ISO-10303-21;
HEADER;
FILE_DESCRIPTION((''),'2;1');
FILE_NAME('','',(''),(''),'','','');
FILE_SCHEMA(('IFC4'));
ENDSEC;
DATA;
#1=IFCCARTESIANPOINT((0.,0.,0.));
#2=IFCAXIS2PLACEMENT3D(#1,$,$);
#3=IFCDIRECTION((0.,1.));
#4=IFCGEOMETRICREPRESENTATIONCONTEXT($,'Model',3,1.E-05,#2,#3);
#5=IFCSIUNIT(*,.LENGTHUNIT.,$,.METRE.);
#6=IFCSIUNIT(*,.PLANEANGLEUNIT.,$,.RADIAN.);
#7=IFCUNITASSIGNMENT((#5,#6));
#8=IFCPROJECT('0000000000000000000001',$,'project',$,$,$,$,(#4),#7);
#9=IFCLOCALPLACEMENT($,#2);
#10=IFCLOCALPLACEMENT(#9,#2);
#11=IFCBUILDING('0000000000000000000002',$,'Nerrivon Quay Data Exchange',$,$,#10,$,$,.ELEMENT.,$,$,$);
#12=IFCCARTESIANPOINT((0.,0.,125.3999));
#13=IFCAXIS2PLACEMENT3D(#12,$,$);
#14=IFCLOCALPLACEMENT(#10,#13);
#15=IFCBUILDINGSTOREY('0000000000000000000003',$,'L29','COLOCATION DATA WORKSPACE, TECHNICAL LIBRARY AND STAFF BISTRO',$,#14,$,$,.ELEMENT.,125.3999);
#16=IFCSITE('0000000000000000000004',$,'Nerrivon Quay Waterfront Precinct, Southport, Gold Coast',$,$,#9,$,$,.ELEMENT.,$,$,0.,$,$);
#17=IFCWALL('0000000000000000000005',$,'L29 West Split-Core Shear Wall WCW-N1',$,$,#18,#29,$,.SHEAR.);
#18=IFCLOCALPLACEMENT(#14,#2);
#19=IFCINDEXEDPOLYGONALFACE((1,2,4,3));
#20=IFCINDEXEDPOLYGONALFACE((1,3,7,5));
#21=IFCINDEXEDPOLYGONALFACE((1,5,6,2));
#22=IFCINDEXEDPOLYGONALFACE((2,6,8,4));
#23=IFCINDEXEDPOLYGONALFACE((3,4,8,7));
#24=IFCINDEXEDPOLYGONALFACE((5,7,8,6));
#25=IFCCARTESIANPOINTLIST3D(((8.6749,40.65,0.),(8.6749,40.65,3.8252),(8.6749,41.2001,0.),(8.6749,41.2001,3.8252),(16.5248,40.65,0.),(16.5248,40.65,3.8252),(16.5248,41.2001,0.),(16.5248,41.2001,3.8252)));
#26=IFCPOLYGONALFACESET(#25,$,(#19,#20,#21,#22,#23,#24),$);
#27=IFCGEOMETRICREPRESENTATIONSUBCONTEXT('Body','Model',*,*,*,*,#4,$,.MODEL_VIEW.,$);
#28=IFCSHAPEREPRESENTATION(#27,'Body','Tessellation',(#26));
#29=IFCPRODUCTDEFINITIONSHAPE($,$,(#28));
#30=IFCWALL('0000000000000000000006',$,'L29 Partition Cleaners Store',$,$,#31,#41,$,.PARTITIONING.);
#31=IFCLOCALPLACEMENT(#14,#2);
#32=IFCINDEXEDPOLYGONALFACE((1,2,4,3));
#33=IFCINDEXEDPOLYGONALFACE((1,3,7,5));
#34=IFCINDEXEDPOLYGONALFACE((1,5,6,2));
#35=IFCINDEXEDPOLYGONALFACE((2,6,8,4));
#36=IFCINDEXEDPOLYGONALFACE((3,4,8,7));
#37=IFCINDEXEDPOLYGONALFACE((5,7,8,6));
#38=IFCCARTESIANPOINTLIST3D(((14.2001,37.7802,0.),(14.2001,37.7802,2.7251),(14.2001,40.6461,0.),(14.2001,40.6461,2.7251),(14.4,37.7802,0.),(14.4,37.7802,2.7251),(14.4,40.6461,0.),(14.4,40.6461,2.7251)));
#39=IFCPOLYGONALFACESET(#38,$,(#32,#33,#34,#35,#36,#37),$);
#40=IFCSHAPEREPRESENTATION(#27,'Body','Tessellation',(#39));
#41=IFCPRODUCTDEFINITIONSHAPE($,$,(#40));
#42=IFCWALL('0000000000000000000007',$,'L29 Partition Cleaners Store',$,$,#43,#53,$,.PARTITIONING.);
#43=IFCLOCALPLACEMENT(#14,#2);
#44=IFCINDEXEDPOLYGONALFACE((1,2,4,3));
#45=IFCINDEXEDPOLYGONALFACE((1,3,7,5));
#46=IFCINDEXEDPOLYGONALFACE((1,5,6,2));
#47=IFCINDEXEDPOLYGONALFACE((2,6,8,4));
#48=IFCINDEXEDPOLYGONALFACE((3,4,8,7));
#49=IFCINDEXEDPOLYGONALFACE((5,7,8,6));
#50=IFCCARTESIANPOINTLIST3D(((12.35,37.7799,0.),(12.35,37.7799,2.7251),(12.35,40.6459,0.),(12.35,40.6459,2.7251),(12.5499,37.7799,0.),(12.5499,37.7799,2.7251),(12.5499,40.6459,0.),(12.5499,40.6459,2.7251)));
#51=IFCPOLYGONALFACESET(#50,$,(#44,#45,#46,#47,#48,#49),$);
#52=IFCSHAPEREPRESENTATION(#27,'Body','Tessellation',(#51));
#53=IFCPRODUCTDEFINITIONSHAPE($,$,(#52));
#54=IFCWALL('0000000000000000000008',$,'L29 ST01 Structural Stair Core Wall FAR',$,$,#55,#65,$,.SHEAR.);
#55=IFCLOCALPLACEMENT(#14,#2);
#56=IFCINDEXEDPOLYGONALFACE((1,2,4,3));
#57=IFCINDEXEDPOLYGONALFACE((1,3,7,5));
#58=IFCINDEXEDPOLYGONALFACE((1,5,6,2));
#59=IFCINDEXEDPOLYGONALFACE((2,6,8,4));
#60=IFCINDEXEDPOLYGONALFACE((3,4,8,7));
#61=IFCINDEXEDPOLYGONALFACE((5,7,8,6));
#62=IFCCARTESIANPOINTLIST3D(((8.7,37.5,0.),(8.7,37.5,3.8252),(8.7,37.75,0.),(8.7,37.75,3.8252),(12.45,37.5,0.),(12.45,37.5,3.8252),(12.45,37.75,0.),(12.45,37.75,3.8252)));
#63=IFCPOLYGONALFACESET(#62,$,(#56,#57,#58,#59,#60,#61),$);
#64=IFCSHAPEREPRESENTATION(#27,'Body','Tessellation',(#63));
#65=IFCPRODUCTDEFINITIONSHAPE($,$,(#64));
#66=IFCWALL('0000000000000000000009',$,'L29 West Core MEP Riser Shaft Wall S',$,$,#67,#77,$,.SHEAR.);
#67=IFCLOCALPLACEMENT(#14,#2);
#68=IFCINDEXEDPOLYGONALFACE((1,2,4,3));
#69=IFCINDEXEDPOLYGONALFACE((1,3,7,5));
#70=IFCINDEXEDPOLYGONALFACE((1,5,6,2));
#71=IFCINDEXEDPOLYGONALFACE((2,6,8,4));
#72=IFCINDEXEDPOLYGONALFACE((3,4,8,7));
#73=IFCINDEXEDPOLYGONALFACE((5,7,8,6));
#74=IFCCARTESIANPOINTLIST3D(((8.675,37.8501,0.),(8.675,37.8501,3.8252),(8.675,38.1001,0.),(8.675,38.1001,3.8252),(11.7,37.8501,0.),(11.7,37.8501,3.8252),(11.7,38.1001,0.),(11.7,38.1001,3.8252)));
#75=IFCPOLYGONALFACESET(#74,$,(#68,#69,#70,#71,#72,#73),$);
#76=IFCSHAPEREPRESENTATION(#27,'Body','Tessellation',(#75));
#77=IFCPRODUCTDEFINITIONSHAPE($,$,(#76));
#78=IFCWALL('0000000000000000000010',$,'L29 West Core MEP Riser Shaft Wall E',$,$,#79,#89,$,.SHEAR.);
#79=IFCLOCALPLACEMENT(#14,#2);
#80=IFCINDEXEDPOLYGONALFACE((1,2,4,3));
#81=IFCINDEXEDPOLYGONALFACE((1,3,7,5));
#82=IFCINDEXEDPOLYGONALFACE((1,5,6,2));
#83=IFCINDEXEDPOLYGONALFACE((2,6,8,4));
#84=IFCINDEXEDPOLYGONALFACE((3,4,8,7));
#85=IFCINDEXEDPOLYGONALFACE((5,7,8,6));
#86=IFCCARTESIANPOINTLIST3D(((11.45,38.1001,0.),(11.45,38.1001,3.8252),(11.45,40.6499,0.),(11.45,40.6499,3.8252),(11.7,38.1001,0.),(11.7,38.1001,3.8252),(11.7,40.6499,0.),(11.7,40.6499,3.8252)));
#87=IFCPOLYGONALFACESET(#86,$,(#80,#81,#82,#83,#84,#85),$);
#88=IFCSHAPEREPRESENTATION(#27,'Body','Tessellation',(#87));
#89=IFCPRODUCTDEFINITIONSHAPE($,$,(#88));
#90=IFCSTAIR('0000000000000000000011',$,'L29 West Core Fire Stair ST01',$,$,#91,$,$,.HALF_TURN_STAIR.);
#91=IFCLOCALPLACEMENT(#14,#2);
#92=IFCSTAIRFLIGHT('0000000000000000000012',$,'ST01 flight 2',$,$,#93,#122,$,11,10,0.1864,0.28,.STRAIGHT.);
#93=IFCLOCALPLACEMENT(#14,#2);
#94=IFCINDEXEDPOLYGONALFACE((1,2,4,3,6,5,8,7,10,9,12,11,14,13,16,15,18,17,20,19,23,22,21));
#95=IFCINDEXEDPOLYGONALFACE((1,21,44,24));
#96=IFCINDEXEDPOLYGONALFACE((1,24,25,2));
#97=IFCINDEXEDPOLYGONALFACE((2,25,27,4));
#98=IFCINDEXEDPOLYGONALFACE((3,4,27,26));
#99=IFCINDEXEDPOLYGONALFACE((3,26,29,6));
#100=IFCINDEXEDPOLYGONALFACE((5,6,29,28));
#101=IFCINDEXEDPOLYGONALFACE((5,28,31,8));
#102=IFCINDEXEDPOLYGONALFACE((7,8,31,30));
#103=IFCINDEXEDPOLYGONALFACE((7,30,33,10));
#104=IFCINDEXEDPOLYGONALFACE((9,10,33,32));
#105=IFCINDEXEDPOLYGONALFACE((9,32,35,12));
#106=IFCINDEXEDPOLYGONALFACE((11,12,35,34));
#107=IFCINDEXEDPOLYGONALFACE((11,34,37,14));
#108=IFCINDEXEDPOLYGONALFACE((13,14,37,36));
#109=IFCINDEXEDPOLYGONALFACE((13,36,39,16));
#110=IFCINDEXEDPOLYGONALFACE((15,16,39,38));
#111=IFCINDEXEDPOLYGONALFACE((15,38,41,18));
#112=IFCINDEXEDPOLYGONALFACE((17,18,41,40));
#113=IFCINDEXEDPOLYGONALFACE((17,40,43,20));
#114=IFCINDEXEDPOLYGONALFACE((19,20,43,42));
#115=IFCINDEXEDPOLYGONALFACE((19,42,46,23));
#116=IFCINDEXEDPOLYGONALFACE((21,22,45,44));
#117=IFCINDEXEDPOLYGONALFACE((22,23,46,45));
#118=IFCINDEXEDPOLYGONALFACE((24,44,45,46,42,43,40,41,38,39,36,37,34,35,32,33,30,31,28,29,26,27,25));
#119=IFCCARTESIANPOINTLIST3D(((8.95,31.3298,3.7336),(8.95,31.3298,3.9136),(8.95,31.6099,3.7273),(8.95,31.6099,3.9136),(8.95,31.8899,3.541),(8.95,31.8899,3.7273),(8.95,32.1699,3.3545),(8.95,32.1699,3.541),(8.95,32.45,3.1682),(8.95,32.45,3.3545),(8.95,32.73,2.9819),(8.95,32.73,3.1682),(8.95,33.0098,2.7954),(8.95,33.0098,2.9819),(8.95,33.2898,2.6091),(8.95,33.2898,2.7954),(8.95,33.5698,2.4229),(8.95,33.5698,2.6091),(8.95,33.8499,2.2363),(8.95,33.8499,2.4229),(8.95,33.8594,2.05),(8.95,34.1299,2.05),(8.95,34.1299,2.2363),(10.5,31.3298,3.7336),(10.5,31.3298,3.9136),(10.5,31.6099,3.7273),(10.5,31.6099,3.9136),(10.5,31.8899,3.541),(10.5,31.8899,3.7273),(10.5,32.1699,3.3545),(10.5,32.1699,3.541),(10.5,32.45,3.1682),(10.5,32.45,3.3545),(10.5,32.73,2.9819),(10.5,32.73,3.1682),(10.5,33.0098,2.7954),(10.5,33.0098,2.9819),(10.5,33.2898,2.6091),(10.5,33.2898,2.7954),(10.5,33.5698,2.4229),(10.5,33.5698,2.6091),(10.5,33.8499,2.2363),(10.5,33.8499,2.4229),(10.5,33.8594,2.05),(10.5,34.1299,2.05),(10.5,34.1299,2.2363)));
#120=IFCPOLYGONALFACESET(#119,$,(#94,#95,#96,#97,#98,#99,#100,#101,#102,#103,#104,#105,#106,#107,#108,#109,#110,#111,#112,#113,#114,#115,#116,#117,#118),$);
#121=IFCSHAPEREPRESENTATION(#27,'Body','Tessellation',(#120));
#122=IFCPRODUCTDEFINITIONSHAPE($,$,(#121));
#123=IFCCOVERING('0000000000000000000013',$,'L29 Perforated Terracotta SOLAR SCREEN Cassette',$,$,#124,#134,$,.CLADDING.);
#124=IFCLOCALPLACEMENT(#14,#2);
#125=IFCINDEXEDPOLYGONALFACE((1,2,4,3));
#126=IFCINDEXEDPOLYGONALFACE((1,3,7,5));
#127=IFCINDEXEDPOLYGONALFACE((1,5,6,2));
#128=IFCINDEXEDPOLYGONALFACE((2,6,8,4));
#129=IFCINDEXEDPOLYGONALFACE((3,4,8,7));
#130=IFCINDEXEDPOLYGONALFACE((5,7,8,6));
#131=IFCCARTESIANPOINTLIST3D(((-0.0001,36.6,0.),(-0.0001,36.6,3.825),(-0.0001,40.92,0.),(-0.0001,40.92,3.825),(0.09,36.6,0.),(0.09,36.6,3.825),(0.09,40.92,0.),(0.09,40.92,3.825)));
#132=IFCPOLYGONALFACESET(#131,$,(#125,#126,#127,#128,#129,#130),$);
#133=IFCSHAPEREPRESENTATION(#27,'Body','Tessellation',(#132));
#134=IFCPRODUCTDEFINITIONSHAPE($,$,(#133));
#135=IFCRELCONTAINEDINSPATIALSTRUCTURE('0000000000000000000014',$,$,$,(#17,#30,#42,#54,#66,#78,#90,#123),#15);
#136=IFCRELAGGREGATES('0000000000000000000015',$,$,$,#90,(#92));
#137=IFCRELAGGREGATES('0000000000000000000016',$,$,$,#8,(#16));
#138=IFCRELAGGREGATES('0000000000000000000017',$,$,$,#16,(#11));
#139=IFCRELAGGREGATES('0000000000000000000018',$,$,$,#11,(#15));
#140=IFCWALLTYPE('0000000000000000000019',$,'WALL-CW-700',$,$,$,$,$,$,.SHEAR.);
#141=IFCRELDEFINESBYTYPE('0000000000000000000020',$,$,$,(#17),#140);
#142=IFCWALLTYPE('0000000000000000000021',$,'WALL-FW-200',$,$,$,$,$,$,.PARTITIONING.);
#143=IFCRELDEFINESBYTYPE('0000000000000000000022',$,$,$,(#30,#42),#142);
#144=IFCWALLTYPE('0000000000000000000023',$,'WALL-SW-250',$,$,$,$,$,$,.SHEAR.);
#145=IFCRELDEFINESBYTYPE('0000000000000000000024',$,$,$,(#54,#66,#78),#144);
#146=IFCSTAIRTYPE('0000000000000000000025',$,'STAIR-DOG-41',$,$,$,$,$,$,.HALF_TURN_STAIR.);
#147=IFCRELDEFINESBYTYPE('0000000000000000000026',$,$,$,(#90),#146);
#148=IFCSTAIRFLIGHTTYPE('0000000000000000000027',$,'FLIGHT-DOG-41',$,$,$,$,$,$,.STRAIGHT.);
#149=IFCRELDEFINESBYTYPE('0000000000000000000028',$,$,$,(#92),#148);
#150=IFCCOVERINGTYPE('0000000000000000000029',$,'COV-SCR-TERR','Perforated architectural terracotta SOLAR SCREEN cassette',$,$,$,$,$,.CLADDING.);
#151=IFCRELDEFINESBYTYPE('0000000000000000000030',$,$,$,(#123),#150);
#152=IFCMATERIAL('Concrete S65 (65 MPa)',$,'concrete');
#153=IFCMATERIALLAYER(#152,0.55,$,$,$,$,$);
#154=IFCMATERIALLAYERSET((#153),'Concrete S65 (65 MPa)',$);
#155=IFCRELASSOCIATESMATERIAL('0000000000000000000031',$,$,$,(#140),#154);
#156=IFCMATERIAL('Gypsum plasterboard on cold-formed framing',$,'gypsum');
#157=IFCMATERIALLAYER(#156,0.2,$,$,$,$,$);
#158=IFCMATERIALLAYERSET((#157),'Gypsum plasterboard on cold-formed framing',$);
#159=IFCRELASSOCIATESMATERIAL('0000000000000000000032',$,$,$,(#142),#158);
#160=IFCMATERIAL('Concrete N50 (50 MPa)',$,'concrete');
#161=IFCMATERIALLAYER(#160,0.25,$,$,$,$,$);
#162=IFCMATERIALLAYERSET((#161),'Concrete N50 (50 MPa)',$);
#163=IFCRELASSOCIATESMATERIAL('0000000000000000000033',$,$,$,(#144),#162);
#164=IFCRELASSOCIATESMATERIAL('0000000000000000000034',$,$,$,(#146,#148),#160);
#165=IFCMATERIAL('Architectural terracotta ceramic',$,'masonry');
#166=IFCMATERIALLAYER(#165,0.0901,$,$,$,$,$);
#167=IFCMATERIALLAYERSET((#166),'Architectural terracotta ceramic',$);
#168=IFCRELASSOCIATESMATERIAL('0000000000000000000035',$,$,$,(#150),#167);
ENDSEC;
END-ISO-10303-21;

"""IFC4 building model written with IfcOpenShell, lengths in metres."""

from ifc_helpers import new_model, si_unit, direction, frame, frame_2d, origin, origin_2d, place, context, subcontext, project, spatial, polyline, rectangle, outline, extrude, material, layer, layer_set, type_object, element, aggregate, save


model = new_model("IFC4")

# Units and contexts
model_context = context("Model", 3, precision=1e-05, world=origin(), true_north=direction((0.0, 1.0)))
body_context = subcontext(model_context, "Body", "Model", "MODEL_VIEW")
ifc_project = project(units=[si_unit("LENGTHUNIT", "METRE"), si_unit("PLANEANGLEUNIT", "RADIAN")], contexts=[model_context])

# Site, building, storey
site_placement = place(None, origin())
site = spatial("IfcSite", under=ifc_project, at=site_placement, Name="Nerrivon Quay Waterfront Precinct, Southport, Gold Coast", CompositionType="ELEMENT", RefElevation=0.0)
building_placement = place(site_placement, origin())
building = spatial("IfcBuilding", under=site, at=building_placement, Name="Nerrivon Quay Data Exchange", CompositionType="ELEMENT")
storey_placement = place(building_placement, frame((0.0, 0.0, 125.3999)))
storey = spatial("IfcBuildingStorey", under=building, at=storey_placement, Name="L29", Description="COLOCATION DATA WORKSPACE, TECHNICAL LIBRARY AND STAFF BISTRO", CompositionType="ELEMENT", Elevation=125.3999)

# Shared definitions
ifc_material_1 = material(Name="Concrete S65 (65 MPa)", Category="concrete")

# Walls
ifc_layer_1 = layer(ifc_material_1, 0.55)
ifc_layer_set_1 = layer_set([ifc_layer_1], Name="Concrete S65 (65 MPa)")
wall_type_1 = type_object("IfcWallType", Name="WALL-CW-700", PredefinedType="SHEAR", material=ifc_layer_set_1)
wall_1_placement = place(storey_placement, frame((8.675, 40.925, 0.0), z_axis=(0.0, 0.0, 1.0), x_axis=(1.0, 0.0, 0.0)))
element("IfcWall", 1, at=wall_1_placement, inside=storey, type_object=wall_type_1, Name="L29 West Split-Core Shear Wall WCW-N1", PredefinedType="SHEAR", context=body_context, shape_type="SweptSolid", body=[
    extrude(rectangle(XDim=7.8499, YDim=0.55, at=frame_2d((3.9248, 0.0))), origin(), (0.0, 0.0, 1.0), 3.8252),
])
ifc_material_2 = material(Name="Gypsum plasterboard on cold-formed framing", Category="gypsum")
ifc_layer_2 = layer(ifc_material_2, 0.2)
ifc_layer_set_2 = layer_set([ifc_layer_2], Name="Gypsum plasterboard on cold-formed framing")
wall_type_2 = type_object("IfcWallType", Name="WALL-FW-200", PredefinedType="PARTITIONING", material=ifc_layer_set_2)
for number, where, z_axis, x_axis, name in (
    (2, (14.3, 37.78, 0.0), (0.0, 0.0, 1.0), (0.0, 1.0, 0.0), "L29 Partition Cleaners Store"),
    (3, (12.45, 40.646, 0.0), (0.0, 0.0, 1.0), (0.0, -1.0, 0.0), "L29 Partition Cleaners Store"),
):
    element("IfcWall", number, at=place(storey_placement, frame(where, z_axis=z_axis, x_axis=x_axis)), inside=storey, type_object=wall_type_2, Name=name, PredefinedType="PARTITIONING", context=body_context, shape_type="SweptSolid", body=[
        extrude(rectangle(XDim=2.866, YDim=0.2, at=frame_2d((1.4331, 0.0))), origin(), (0.0, 0.0, 1.0), 2.7251),
    ])
ifc_material_3 = material(Name="Concrete N50 (50 MPa)", Category="concrete")
ifc_layer_3 = layer(ifc_material_3, 0.25)
ifc_layer_set_3 = layer_set([ifc_layer_3], Name="Concrete N50 (50 MPa)")
wall_type_3 = type_object("IfcWallType", Name="WALL-SW-250", PredefinedType="SHEAR", material=ifc_layer_set_3)
wall_2_placement = place(storey_placement, frame((12.45, 37.625, 0.0), z_axis=(0.0, 0.0, 1.0), x_axis=(-1.0, 0.0, 0.0)))
element("IfcWall", 4, at=wall_2_placement, inside=storey, type_object=wall_type_3, Name="L29 ST01 Structural Stair Core Wall FAR", PredefinedType="SHEAR", context=body_context, shape_type="SweptSolid", body=[
    extrude(rectangle(XDim=3.75, YDim=0.25, at=frame_2d((1.875, 0.0))), origin(), (0.0, 0.0, 1.0), 3.8252),
])
wall_3_placement = place(storey_placement, frame((8.675, 37.9751, 0.0), z_axis=(0.0, 0.0, 1.0), x_axis=(1.0, 0.0, 0.0)))
element("IfcWall", 5, at=wall_3_placement, inside=storey, type_object=wall_type_3, Name="L29 West Core MEP Riser Shaft Wall S", PredefinedType="SHEAR", context=body_context, shape_type="SweptSolid", body=[
    extrude(rectangle(XDim=3.0249, YDim=0.25, at=frame_2d((1.5125, 0.0))), origin(), (0.0, 0.0, 1.0), 3.8252),
])
wall_4_placement = place(storey_placement, frame((11.575, 38.1001, 0.0), z_axis=(0.0, 0.0, 1.0), x_axis=(0.0, 1.0, 0.0)))
element("IfcWall", 6, at=wall_4_placement, inside=storey, type_object=wall_type_3, Name="L29 West Core MEP Riser Shaft Wall E", PredefinedType="SHEAR", context=body_context, shape_type="SweptSolid", body=[
    extrude(rectangle(XDim=2.5498, YDim=0.25, at=frame_2d((1.2749, 0.0))), origin(), (0.0, 0.0, 1.0), 3.8252),
])

# Stair, stair flight
stair_type = type_object("IfcStairType", Name="STAIR-DOG-41", PredefinedType="HALF_TURN_STAIR", material=ifc_material_3)
stair_placement = place(storey_placement, origin())
stair = element("IfcStair", 7, at=stair_placement, inside=storey, type_object=stair_type, Name="L29 West Core Fire Stair ST01", PredefinedType="HALF_TURN_STAIR")
stair_flight_type = type_object("IfcStairFlightType", Name="FLIGHT-DOG-41", PredefinedType="STRAIGHT", material=ifc_material_3)
stair_flight_placement = place(storey_placement, frame((9.7251, 34.1299, 2.05), z_axis=(0.0, 0.0, 1.0), x_axis=(0.0, -1.0, 0.0)))
stair_flight = element("IfcStairFlight", 8, at=stair_flight_placement, type_object=stair_flight_type, Name="ST01 flight 2", NumberOfRisers=11, NumberOfTreads=10, PredefinedType="STRAIGHT", RiserHeight=0.1864, TreadLength=0.28, context=body_context, shape_type="SweptSolid", body=[
    extrude(outline(polyline([(0.0, 0.0), (0.0, 0.1863), (0.28, 0.1863), (0.28, 0.3728), (0.5601, 0.3728), (0.5601, 0.5591), (0.8401, 0.5591), (0.8401, 0.7454), (1.1201, 0.7454), (1.1201, 0.9319), (1.3999, 0.9319), (1.3999, 1.1182), (1.6799, 1.1182), (1.6799, 1.3044), (1.96, 1.3044), (1.96, 1.491), (2.24, 1.491), (2.24, 1.6772), (2.52, 1.6772), (2.52, 1.8635), (2.8, 1.8635), (2.8, 2.05), (2.8, 1.6836), (0.2705, 0.0), (0.0, 0.0)])), frame((0.0, 0.7749, 0.0), z_axis=(0.0, -1.0, 0.0), x_axis=(1.0, 0.0, 0.0)), (0.0, 0.0, 1.0), 1.55),
])
aggregate(stair, [stair_flight])

# Covering
ifc_material_4 = material(Name="Architectural terracotta ceramic", Category="masonry")
ifc_layer_4 = layer(ifc_material_4, 0.0901)
ifc_layer_set_4 = layer_set([ifc_layer_4], Name="Architectural terracotta ceramic")
covering_type = type_object("IfcCoveringType", Name="COV-SCR-TERR", Description="Perforated architectural terracotta SOLAR SCREEN cassette", PredefinedType="CLADDING", material=ifc_layer_set_4)
covering_placement = place(storey_placement, frame((0.0449, 38.76, 0.0), z_axis=(0.0, 0.0, 1.0), x_axis=(0.0, 1.0, 0.0)))
element("IfcCovering", 9, at=covering_placement, inside=storey, type_object=covering_type, Name="L29 Perforated Terracotta SOLAR SCREEN Cassette", PredefinedType="CLADDING", context=body_context, shape_type="SweptSolid", body=[
    extrude(rectangle(XDim=4.3201, YDim=0.0901, at=origin_2d()), origin(), (0.0, 0.0, 1.0), 3.825),
])

save(model, "model.ifc")
